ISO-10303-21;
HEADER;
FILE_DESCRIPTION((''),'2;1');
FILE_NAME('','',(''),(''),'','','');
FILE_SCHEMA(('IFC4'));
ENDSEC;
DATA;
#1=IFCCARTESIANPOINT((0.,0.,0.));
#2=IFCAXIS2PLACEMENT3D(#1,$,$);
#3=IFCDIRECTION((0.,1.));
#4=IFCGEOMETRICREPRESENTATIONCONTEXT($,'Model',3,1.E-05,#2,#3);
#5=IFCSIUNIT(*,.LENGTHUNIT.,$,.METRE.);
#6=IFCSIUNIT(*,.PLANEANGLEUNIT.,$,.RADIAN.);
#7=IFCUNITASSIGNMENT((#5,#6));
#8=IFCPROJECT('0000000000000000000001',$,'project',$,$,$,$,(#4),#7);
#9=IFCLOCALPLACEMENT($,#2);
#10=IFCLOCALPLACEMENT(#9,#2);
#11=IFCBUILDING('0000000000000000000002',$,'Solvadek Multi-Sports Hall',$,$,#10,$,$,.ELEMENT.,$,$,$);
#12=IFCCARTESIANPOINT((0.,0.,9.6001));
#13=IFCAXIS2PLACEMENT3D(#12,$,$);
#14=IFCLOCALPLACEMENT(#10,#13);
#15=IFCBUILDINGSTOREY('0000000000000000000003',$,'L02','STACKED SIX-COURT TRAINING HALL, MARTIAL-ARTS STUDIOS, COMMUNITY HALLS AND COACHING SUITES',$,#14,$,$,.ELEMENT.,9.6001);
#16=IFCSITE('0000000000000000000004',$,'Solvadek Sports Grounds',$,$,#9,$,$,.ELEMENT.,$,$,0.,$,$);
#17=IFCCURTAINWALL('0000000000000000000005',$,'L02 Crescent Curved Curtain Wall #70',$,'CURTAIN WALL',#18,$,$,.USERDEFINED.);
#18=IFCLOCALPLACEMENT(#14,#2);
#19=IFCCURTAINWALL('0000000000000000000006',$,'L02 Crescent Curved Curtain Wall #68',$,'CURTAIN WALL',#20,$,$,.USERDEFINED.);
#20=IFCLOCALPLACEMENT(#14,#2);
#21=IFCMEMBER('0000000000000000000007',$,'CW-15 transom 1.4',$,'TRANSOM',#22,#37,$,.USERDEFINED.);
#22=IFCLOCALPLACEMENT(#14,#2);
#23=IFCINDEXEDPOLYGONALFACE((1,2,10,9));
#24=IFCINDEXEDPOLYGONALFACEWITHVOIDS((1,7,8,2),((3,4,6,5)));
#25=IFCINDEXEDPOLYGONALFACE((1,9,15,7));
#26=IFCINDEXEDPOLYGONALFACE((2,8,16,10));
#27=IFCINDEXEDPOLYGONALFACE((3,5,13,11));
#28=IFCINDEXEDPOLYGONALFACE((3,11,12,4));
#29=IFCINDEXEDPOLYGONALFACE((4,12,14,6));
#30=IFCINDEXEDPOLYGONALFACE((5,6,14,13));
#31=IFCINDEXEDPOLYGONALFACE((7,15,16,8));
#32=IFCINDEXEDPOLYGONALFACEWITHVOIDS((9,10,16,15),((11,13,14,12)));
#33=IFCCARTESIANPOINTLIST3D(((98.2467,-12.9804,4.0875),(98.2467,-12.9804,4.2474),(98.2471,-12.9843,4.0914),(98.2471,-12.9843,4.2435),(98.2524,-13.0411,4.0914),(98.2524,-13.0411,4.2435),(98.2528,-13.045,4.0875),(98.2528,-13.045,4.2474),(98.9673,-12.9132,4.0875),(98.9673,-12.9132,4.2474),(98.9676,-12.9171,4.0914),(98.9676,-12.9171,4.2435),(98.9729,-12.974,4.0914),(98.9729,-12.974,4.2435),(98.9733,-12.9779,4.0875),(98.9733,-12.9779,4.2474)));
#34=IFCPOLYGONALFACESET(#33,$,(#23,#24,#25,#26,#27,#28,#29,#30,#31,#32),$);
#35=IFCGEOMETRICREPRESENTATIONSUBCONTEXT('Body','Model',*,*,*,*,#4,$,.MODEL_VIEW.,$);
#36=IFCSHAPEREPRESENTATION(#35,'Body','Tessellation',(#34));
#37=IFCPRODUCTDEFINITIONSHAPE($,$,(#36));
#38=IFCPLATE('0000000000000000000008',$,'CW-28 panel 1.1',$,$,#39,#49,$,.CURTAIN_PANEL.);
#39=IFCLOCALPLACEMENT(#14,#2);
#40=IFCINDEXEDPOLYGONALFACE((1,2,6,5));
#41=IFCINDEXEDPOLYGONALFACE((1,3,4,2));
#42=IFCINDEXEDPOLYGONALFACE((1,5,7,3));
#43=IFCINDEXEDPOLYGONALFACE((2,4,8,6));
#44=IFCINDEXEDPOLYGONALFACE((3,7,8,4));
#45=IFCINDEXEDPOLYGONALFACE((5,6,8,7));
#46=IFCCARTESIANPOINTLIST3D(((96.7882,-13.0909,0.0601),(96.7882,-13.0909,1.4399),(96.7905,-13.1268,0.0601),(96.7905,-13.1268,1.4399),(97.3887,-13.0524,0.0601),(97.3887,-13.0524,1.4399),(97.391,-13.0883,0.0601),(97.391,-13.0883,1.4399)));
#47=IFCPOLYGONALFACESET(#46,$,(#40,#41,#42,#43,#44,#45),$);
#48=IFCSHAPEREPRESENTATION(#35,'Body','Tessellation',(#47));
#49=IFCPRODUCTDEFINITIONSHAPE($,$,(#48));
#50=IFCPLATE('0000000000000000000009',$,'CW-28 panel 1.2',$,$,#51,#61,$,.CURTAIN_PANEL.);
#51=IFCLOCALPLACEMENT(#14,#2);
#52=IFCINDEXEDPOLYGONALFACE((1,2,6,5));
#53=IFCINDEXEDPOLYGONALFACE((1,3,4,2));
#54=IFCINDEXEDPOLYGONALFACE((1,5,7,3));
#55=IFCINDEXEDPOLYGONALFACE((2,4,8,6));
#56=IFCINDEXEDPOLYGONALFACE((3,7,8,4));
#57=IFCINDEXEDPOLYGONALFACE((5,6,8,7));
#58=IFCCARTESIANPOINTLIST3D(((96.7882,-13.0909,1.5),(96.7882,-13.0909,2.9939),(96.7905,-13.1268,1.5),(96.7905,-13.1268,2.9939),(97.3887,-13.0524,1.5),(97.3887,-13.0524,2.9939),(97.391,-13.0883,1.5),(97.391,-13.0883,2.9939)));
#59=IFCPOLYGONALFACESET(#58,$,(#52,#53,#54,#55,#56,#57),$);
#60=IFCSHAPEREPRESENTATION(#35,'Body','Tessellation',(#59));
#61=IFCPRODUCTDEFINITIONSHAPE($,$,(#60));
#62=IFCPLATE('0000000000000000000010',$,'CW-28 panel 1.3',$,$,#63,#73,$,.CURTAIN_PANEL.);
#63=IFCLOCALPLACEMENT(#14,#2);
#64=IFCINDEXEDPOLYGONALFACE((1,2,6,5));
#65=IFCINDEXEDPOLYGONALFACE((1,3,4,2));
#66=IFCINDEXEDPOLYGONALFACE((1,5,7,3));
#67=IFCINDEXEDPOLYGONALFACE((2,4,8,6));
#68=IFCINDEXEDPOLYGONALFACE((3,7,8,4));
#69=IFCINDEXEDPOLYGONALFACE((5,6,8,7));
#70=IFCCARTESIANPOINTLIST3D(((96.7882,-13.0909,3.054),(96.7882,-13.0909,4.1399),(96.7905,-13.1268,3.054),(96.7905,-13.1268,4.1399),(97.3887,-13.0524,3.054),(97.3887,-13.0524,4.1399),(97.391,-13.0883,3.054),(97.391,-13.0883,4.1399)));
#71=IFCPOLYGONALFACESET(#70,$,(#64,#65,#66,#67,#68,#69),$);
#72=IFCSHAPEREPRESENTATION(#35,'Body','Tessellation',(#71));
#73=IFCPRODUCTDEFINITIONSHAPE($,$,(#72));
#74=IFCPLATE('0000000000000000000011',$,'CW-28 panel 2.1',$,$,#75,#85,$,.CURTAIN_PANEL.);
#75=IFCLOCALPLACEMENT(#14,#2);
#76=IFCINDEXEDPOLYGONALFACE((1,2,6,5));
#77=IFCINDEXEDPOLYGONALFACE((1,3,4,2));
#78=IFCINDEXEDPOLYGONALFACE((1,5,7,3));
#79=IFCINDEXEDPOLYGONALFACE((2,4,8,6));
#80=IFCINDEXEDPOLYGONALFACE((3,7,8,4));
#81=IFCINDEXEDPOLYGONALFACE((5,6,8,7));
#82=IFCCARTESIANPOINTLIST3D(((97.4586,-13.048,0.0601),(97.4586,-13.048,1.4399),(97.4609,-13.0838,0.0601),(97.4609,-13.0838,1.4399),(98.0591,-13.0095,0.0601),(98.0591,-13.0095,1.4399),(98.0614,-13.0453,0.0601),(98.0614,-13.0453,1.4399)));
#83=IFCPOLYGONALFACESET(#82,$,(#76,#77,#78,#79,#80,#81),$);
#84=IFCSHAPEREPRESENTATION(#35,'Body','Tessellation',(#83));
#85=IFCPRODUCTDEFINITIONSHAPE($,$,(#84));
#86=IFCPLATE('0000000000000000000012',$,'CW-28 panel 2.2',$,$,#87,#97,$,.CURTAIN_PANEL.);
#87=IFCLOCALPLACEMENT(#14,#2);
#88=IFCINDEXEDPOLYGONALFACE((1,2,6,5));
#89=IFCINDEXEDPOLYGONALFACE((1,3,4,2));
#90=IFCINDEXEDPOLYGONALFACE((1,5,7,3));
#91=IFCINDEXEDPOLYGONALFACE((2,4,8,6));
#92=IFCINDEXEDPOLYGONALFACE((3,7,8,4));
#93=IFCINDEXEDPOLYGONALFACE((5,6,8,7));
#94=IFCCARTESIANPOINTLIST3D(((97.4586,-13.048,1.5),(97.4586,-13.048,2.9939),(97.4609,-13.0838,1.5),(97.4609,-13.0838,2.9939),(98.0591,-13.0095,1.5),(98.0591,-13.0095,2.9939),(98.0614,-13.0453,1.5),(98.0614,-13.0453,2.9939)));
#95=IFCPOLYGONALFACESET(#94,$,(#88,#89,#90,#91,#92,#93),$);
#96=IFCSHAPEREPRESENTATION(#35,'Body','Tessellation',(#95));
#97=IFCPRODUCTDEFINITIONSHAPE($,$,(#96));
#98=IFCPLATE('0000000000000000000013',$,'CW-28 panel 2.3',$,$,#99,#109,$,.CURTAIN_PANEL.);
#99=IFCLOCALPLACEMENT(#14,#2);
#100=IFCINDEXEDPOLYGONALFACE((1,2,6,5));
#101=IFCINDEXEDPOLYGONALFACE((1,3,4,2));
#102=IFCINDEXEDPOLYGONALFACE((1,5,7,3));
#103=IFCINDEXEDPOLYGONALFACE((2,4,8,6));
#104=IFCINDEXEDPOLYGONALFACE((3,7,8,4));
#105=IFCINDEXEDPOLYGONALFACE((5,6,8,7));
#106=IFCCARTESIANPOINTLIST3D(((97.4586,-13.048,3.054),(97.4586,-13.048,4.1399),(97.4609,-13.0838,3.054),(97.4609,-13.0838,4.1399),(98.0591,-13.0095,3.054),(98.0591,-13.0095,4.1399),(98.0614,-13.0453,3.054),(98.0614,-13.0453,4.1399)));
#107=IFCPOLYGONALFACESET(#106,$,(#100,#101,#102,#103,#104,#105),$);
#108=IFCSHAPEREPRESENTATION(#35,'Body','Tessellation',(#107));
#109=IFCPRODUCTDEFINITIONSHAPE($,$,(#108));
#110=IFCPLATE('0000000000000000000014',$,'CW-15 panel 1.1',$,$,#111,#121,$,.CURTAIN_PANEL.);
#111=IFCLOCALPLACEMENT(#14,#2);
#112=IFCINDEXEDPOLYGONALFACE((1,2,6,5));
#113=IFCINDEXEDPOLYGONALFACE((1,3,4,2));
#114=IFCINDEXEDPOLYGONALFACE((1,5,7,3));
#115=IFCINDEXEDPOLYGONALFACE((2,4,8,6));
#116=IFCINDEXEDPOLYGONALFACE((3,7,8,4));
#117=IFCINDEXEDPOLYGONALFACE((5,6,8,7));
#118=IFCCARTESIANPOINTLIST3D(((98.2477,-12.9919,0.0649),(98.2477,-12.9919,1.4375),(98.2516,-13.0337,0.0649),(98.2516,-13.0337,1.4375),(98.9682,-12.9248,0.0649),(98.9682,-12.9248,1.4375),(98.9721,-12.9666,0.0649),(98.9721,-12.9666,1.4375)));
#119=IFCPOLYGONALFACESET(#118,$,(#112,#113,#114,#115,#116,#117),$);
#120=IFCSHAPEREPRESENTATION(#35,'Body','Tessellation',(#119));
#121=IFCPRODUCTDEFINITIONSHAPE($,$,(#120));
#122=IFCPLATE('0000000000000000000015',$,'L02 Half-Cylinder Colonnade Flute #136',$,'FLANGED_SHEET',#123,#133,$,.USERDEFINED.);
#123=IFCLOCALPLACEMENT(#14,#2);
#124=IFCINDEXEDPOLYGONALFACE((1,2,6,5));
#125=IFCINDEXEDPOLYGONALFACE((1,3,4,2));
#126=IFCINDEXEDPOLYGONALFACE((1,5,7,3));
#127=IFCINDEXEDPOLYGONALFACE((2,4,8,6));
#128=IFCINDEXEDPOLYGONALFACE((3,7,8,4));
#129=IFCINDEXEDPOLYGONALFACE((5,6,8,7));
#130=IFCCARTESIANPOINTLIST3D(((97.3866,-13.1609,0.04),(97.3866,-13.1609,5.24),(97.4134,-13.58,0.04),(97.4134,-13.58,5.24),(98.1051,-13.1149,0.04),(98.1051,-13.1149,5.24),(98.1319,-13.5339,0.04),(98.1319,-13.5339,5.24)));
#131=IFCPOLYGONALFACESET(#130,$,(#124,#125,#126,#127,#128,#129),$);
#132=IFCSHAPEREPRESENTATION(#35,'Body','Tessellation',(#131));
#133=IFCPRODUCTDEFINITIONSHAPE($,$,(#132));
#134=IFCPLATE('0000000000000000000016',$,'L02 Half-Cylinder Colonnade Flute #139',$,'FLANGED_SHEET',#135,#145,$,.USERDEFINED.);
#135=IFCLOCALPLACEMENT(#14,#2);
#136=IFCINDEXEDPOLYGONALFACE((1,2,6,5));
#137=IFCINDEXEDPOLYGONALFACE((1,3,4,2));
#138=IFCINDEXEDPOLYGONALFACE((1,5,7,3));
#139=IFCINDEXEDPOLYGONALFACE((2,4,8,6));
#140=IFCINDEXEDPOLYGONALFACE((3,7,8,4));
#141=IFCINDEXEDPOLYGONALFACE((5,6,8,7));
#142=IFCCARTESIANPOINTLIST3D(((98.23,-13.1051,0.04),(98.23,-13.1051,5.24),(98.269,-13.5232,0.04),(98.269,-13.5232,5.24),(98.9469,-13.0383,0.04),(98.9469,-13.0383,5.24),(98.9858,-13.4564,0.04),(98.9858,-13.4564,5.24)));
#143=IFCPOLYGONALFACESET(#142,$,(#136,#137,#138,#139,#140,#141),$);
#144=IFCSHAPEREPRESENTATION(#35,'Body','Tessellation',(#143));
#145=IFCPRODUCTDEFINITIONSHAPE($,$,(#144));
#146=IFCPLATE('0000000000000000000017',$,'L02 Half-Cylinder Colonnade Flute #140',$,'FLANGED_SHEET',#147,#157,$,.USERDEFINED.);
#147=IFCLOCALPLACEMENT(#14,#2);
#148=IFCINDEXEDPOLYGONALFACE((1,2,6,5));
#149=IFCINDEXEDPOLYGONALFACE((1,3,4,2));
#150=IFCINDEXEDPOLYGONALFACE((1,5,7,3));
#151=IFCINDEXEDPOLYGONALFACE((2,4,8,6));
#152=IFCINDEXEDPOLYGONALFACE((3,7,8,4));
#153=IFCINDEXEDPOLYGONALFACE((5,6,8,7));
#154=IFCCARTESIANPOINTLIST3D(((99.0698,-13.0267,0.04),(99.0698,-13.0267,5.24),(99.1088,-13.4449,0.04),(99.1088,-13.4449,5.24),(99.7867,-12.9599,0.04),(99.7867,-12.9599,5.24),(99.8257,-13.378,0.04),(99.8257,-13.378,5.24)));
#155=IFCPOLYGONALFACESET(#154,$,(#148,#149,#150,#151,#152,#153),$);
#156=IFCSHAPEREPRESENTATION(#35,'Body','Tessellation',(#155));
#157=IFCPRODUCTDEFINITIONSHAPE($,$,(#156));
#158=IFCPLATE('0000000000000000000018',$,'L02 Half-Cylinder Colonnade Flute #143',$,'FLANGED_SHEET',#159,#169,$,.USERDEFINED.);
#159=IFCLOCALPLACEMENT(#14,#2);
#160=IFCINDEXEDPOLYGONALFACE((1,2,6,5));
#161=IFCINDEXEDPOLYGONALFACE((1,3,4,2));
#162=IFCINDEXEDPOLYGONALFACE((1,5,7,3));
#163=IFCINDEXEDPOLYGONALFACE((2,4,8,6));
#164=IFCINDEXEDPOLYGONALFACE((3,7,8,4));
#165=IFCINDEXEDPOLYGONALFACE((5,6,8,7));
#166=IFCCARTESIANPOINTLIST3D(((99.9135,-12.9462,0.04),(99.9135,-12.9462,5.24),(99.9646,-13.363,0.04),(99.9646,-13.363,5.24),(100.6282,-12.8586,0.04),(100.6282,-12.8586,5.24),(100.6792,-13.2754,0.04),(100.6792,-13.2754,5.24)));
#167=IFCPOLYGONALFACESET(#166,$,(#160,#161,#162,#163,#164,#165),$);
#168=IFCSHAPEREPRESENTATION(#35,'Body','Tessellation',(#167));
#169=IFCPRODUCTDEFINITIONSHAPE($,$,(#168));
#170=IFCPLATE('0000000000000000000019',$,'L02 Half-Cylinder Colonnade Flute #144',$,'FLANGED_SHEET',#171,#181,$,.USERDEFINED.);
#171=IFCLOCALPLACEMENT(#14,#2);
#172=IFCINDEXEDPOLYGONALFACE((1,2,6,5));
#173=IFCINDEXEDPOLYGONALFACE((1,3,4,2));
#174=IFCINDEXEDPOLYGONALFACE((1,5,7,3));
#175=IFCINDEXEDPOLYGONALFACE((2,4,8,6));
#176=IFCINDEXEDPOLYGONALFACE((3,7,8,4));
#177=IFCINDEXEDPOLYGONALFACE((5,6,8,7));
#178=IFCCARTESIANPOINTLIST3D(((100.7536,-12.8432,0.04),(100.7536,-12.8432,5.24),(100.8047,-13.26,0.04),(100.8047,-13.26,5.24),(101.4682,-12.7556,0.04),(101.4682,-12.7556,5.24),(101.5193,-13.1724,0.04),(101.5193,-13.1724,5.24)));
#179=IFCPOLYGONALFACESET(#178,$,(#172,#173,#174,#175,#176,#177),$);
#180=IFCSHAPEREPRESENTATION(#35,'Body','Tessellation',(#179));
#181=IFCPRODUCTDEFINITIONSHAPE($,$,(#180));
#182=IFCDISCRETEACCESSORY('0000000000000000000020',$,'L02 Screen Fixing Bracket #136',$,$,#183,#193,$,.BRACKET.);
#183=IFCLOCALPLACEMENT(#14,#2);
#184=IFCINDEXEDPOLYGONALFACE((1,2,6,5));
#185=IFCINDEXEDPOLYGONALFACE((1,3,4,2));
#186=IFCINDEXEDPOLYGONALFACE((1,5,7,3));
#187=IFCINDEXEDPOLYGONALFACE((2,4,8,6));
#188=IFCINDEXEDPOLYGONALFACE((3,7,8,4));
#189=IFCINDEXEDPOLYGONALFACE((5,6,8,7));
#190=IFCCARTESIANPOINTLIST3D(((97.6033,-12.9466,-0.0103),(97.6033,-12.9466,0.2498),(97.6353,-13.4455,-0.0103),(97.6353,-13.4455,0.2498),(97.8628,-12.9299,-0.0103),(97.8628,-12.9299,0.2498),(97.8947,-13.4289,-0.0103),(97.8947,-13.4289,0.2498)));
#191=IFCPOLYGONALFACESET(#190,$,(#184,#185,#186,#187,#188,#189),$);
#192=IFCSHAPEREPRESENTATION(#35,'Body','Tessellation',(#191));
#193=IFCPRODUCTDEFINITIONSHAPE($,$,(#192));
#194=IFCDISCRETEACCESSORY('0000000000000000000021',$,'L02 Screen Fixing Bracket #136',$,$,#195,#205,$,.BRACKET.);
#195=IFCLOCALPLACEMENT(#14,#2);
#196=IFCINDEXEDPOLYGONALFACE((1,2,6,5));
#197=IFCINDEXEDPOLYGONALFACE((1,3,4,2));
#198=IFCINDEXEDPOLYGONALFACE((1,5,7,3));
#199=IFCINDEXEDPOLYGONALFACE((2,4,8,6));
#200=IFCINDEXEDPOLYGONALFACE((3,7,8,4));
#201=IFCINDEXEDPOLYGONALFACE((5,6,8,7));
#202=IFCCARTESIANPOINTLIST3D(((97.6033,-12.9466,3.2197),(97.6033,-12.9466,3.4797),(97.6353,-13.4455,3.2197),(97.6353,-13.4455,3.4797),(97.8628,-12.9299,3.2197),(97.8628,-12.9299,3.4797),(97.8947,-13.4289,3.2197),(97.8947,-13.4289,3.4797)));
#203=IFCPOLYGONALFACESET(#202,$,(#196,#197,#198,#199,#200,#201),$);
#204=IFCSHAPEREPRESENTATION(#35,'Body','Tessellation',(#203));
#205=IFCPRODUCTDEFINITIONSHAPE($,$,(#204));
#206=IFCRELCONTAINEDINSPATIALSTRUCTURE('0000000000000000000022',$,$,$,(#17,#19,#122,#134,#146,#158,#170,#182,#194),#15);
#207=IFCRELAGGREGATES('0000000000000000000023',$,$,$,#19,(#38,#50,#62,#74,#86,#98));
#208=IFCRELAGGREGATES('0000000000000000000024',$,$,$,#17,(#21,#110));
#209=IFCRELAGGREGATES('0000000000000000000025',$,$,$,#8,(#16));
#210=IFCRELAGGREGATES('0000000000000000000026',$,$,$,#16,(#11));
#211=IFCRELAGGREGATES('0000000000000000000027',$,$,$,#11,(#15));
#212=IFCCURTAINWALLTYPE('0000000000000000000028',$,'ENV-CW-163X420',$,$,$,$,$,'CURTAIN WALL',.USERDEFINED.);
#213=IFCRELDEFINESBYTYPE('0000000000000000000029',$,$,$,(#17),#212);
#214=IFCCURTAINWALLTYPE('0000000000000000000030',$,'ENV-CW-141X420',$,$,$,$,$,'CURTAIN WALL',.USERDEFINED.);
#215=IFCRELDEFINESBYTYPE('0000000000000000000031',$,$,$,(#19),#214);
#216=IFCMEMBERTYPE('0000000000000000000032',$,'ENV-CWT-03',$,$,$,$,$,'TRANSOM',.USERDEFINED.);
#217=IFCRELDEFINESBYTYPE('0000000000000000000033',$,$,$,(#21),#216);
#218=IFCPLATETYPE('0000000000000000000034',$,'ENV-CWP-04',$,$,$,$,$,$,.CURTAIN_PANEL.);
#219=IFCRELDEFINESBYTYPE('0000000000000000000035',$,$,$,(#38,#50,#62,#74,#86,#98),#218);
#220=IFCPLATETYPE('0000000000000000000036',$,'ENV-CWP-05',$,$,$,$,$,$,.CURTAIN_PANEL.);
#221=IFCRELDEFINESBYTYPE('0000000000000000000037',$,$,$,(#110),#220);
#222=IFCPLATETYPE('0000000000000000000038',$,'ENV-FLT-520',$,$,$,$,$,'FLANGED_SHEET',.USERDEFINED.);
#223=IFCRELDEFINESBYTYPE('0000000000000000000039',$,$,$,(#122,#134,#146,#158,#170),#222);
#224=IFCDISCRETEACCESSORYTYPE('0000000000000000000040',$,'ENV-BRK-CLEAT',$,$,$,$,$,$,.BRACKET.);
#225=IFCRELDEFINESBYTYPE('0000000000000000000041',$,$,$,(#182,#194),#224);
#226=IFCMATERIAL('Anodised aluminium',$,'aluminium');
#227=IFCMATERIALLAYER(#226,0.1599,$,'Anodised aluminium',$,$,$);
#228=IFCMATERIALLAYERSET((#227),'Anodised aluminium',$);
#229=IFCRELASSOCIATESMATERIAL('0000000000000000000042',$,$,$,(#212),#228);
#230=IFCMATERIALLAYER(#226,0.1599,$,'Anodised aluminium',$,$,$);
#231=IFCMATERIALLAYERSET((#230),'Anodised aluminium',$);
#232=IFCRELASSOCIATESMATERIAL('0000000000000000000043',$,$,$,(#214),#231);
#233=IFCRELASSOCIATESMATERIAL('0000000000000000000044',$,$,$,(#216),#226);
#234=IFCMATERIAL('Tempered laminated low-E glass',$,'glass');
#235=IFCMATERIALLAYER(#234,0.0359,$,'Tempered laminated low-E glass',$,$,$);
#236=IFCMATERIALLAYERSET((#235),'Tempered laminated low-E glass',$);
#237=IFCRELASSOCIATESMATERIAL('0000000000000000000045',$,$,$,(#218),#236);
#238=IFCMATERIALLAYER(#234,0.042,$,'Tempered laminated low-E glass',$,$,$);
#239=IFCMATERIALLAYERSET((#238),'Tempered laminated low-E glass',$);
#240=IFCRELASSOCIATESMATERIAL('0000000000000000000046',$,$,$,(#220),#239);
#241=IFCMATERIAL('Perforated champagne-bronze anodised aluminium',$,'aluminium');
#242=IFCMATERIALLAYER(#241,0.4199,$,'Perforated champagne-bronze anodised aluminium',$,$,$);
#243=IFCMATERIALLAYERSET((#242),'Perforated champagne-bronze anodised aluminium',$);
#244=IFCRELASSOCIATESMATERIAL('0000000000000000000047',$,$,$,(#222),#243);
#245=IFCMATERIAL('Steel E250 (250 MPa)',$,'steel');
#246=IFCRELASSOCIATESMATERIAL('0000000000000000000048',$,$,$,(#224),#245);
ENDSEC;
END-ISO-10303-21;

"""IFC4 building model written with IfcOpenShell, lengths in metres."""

from ifc_helpers import new_model, si_unit, direction, frame, origin, origin_2d, place, context, subcontext, project, spatial, rectangle, hollow_rectangle, extrude, material, layer, layer_set, material_profile, profile_set, type_object, element, aggregate, save


model = new_model("IFC4")

# Units and contexts
model_context = context("Model", 3, precision=1e-05, world=origin(), true_north=direction((0.0, 1.0)))
body_context = subcontext(model_context, "Body", "Model", "MODEL_VIEW")
ifc_project = project(units=[si_unit("LENGTHUNIT", "METRE"), si_unit("PLANEANGLEUNIT", "RADIAN")], contexts=[model_context])

# Site, building, storey
site_placement = place(None, origin())
site = spatial("IfcSite", under=ifc_project, at=site_placement, Name="Solvadek Sports Grounds", CompositionType="ELEMENT", RefElevation=0.0)
building_placement = place(site_placement, origin())
building = spatial("IfcBuilding", under=site, at=building_placement, Name="Solvadek Multi-Sports Hall", CompositionType="ELEMENT")
storey_placement = place(building_placement, frame((0.0, 0.0, 9.6001)))
storey = spatial("IfcBuildingStorey", under=building, at=storey_placement, Name="L02", Description="STACKED SIX-COURT TRAINING HALL, MARTIAL-ARTS STUDIOS, COMMUNITY HALLS AND COACHING SUITES", CompositionType="ELEMENT", Elevation=9.6001)

# Curtain wall
ifc_material_1 = material(Name="Anodised aluminium", Category="aluminium")
ifc_layer_1 = layer(ifc_material_1, 0.1599, Name="Anodised aluminium")
ifc_layer_set_1 = layer_set([ifc_layer_1], Name="Anodised aluminium")
curtain_wall_type_1 = type_object("IfcCurtainWallType", Name="ENV-CW-163X420", ElementType="CURTAIN WALL", PredefinedType="USERDEFINED", material=ifc_layer_set_1)
curtain_wall_1_placement = place(storey_placement, origin())
curtain_wall_1 = element("IfcCurtainWall", 1, at=curtain_wall_1_placement, inside=storey, type_object=curtain_wall_type_1, Name="L02 Crescent Curved Curtain Wall #70", ObjectType="CURTAIN WALL", PredefinedType="USERDEFINED")

# Curtain wall
ifc_layer_2 = layer(ifc_material_1, 0.1599, Name="Anodised aluminium")
ifc_layer_set_2 = layer_set([ifc_layer_2], Name="Anodised aluminium")
curtain_wall_type_2 = type_object("IfcCurtainWallType", Name="ENV-CW-141X420", ElementType="CURTAIN WALL", PredefinedType="USERDEFINED", material=ifc_layer_set_2)
curtain_wall_2_placement = place(storey_placement, origin())
curtain_wall_2 = element("IfcCurtainWall", 2, at=curtain_wall_2_placement, inside=storey, type_object=curtain_wall_type_2, Name="L02 Crescent Curved Curtain Wall #68", ObjectType="CURTAIN WALL", PredefinedType="USERDEFINED")

# Member
ifc_material_profile_1 = material_profile(ifc_material_1, hollow_rectangle(XDim=0.0649, YDim=0.1599, WallThickness=0.0039, at=origin_2d()), Name="ALU-T 160x65x4")
ifc_profile_set_1 = profile_set([ifc_material_profile_1], Name="Anodised aluminium")
member_type_1 = type_object("IfcMemberType", Name="ENV-CWT-03", ElementType="TRANSOM", PredefinedType="USERDEFINED", material=ifc_profile_set_1)
member_1_placement = place(storey_placement, frame((98.2498, -13.0127, 4.1675), z_axis=(0.995686, 0.092787, 0.0), x_axis=(-0.092787, 0.995686, 0.0)))
member_1 = element("IfcMember", 3, at=member_1_placement, type_object=member_type_1, Name="CW-15 transom 1.4", ObjectType="TRANSOM", PredefinedType="USERDEFINED", context=body_context, shape_type="SweptSolid", body=[
    extrude(hollow_rectangle(XDim=0.0649, YDim=0.1599, WallThickness=0.0039, at=origin_2d()), origin(), (0.0, 0.0, 1.0), 0.7236),
])

# Plates
ifc_material_2 = material(Name="Tempered laminated low-E glass", Category="glass")
ifc_layer_3 = layer(ifc_material_2, 0.0359, Name="Tempered laminated low-E glass")
ifc_layer_set_3 = layer_set([ifc_layer_3], Name="Tempered laminated low-E glass")
plate_type_1 = type_object("IfcPlateType", Name="ENV-CWP-04", PredefinedType="CURTAIN_PANEL", material=ifc_layer_set_3)
plate_1_placement = place(storey_placement, frame((97.0896, -13.0896, 0.0601), z_axis=(0.0, 0.0, 1.0), x_axis=(0.997953, 0.063955, 0.0)))
plate_1 = element("IfcPlate", 4, at=plate_1_placement, type_object=plate_type_1, Name="CW-28 panel 1.1", PredefinedType="CURTAIN_PANEL", context=body_context, shape_type="SweptSolid", body=[
    extrude(rectangle(XDim=0.6018, YDim=0.0359, at=origin_2d()), origin(), (0.0, 0.0, 1.0), 1.3799),
])
plate_2_placement = place(storey_placement, frame((97.0896, -13.0896, 1.5), z_axis=(0.0, 0.0, 1.0), x_axis=(0.997953, 0.063955, 0.0)))
plate_2 = element("IfcPlate", 5, at=plate_2_placement, type_object=plate_type_1, Name="CW-28 panel 1.2", PredefinedType="CURTAIN_PANEL", context=body_context, shape_type="SweptSolid", body=[
    extrude(rectangle(XDim=0.6018, YDim=0.0359, at=origin_2d()), origin(), (0.0, 0.0, 1.0), 1.4939),
])
plate_3_placement = place(storey_placement, frame((97.0896, -13.0896, 3.054), z_axis=(0.0, 0.0, 1.0), x_axis=(0.997953, 0.063955, 0.0)))
plate_3 = element("IfcPlate", 6, at=plate_3_placement, type_object=plate_type_1, Name="CW-28 panel 1.3", PredefinedType="CURTAIN_PANEL", context=body_context, shape_type="SweptSolid", body=[
    extrude(rectangle(XDim=0.6018, YDim=0.0359, at=origin_2d()), origin(), (0.0, 0.0, 1.0), 1.0859),
])
plate_4_placement = place(storey_placement, frame((97.76, -13.0466, 0.0601), z_axis=(0.0, 0.0, 1.0), x_axis=(0.997953, 0.063955, 0.0)))
plate_4 = element("IfcPlate", 7, at=plate_4_placement, type_object=plate_type_1, Name="CW-28 panel 2.1", PredefinedType="CURTAIN_PANEL", context=body_context, shape_type="SweptSolid", body=[
    extrude(rectangle(XDim=0.6018, YDim=0.0359, at=origin_2d()), origin(), (0.0, 0.0, 1.0), 1.3799),
])
plate_5_placement = place(storey_placement, frame((97.76, -13.0466, 1.5), z_axis=(0.0, 0.0, 1.0), x_axis=(0.997953, 0.063955, 0.0)))
plate_5 = element("IfcPlate", 8, at=plate_5_placement, type_object=plate_type_1, Name="CW-28 panel 2.2", PredefinedType="CURTAIN_PANEL", context=body_context, shape_type="SweptSolid", body=[
    extrude(rectangle(XDim=0.6018, YDim=0.0359, at=origin_2d()), origin(), (0.0, 0.0, 1.0), 1.4939),
])
plate_6_placement = place(storey_placement, frame((97.76, -13.0466, 3.054), z_axis=(0.0, 0.0, 1.0), x_axis=(0.997953, 0.063955, 0.0)))
plate_6 = element("IfcPlate", 9, at=plate_6_placement, type_object=plate_type_1, Name="CW-28 panel 2.3", PredefinedType="CURTAIN_PANEL", context=body_context, shape_type="SweptSolid", body=[
    extrude(rectangle(XDim=0.6018, YDim=0.0359, at=origin_2d()), origin(), (0.0, 0.0, 1.0), 1.0859),
])
aggregate(curtain_wall_2, [plate_1, plate_2, plate_3, plate_4, plate_5, plate_6])
ifc_layer_4 = layer(ifc_material_2, 0.042, Name="Tempered laminated low-E glass")
ifc_layer_set_4 = layer_set([ifc_layer_4], Name="Tempered laminated low-E glass")
plate_type_2 = type_object("IfcPlateType", Name="ENV-CWP-05", PredefinedType="CURTAIN_PANEL", material=ifc_layer_set_4)
plate_7_placement = place(storey_placement, frame((98.6099, -12.9792, 0.0649), z_axis=(0.0, 0.0, 1.0), x_axis=(0.995685, 0.092796, 0.0)))
plate_7 = element("IfcPlate", 10, at=plate_7_placement, type_object=plate_type_2, Name="CW-15 panel 1.1", PredefinedType="CURTAIN_PANEL", context=body_context, shape_type="SweptSolid", body=[
    extrude(rectangle(XDim=0.7236, YDim=0.042, at=origin_2d()), origin(), (0.0, 0.0, 1.0), 1.3726),
])
aggregate(curtain_wall_1, [member_1, plate_7])

# Plates
ifc_material_3 = material(Name="Perforated champagne-bronze anodised aluminium", Category="aluminium")
ifc_layer_5 = layer(ifc_material_3, 0.4199, Name="Perforated champagne-bronze anodised aluminium")
ifc_layer_set_5 = layer_set([ifc_layer_5], Name="Perforated champagne-bronze anodised aluminium")
plate_type_3 = type_object("IfcPlateType", Name="ENV-FLT-520", ElementType="FLANGED_SHEET", PredefinedType="USERDEFINED", material=ifc_layer_set_5)
for number, where, z_axis, x_axis, name in (
    (11, (97.7593, -13.3474, 0.04), (0.0, 0.0, 1.0), (0.997955, 0.063917, 0.0), "L02 Half-Cylinder Colonnade Flute #136"),
    (12, (98.6079, -13.2808, 0.04), (0.0, 0.0, 1.0), (0.995684, 0.092812, 0.0), "L02 Half-Cylinder Colonnade Flute #139"),
    (13, (99.4478, -13.2024, 0.04), (0.0, 0.0, 1.0), (0.995684, 0.092812, 0.0), "L02 Half-Cylinder Colonnade Flute #140"),
    (14, (100.2964, -13.1108, 0.04), (0.0, 0.0, 1.0), (0.992573, 0.121649, 0.0), "L02 Half-Cylinder Colonnade Flute #143"),
    (15, (101.1365, -13.0078, 0.04), (0.0, 0.0, 1.0), (0.992573, 0.121649, 0.0), "L02 Half-Cylinder Colonnade Flute #144"),
):
    element("IfcPlate", number, at=place(storey_placement, frame(where, z_axis=z_axis, x_axis=x_axis)), inside=storey, type_object=plate_type_3, Name=name, ObjectType="FLANGED_SHEET", PredefinedType="USERDEFINED", context=body_context, shape_type="SweptSolid", body=[
        extrude(rectangle(XDim=0.72, YDim=0.4199, at=origin_2d()), origin(), (0.0, 0.0, 1.0), 5.2),
    ])

# Discrete accessories
ifc_material_4 = material(Name="Steel E250 (250 MPa)", Category="steel")
discrete_accessory_type = type_object("IfcDiscreteAccessoryType", Name="ENV-BRK-CLEAT", PredefinedType="BRACKET", material=ifc_material_4)
for number, where, z_axis, x_axis, name in (
    (16, (97.749, -13.1877, -0.0103), (0.0, 0.0, 1.0), (0.997955, 0.063917, 0.0), "L02 Screen Fixing Bracket #136"),
    (17, (97.749, -13.1877, 3.2197), (0.0, 0.0, 1.0), (0.997955, 0.063917, 0.0), "L02 Screen Fixing Bracket #136"),
):
    element("IfcDiscreteAccessory", number, at=place(storey_placement, frame(where, z_axis=z_axis, x_axis=x_axis)), inside=storey, type_object=discrete_accessory_type, Name=name, PredefinedType="BRACKET", context=body_context, shape_type="SweptSolid", body=[
        extrude(rectangle(XDim=0.26, YDim=0.5, at=origin_2d()), origin(), (0.0, 0.0, 1.0), 0.26),
    ])

save(model, "model.ifc")
